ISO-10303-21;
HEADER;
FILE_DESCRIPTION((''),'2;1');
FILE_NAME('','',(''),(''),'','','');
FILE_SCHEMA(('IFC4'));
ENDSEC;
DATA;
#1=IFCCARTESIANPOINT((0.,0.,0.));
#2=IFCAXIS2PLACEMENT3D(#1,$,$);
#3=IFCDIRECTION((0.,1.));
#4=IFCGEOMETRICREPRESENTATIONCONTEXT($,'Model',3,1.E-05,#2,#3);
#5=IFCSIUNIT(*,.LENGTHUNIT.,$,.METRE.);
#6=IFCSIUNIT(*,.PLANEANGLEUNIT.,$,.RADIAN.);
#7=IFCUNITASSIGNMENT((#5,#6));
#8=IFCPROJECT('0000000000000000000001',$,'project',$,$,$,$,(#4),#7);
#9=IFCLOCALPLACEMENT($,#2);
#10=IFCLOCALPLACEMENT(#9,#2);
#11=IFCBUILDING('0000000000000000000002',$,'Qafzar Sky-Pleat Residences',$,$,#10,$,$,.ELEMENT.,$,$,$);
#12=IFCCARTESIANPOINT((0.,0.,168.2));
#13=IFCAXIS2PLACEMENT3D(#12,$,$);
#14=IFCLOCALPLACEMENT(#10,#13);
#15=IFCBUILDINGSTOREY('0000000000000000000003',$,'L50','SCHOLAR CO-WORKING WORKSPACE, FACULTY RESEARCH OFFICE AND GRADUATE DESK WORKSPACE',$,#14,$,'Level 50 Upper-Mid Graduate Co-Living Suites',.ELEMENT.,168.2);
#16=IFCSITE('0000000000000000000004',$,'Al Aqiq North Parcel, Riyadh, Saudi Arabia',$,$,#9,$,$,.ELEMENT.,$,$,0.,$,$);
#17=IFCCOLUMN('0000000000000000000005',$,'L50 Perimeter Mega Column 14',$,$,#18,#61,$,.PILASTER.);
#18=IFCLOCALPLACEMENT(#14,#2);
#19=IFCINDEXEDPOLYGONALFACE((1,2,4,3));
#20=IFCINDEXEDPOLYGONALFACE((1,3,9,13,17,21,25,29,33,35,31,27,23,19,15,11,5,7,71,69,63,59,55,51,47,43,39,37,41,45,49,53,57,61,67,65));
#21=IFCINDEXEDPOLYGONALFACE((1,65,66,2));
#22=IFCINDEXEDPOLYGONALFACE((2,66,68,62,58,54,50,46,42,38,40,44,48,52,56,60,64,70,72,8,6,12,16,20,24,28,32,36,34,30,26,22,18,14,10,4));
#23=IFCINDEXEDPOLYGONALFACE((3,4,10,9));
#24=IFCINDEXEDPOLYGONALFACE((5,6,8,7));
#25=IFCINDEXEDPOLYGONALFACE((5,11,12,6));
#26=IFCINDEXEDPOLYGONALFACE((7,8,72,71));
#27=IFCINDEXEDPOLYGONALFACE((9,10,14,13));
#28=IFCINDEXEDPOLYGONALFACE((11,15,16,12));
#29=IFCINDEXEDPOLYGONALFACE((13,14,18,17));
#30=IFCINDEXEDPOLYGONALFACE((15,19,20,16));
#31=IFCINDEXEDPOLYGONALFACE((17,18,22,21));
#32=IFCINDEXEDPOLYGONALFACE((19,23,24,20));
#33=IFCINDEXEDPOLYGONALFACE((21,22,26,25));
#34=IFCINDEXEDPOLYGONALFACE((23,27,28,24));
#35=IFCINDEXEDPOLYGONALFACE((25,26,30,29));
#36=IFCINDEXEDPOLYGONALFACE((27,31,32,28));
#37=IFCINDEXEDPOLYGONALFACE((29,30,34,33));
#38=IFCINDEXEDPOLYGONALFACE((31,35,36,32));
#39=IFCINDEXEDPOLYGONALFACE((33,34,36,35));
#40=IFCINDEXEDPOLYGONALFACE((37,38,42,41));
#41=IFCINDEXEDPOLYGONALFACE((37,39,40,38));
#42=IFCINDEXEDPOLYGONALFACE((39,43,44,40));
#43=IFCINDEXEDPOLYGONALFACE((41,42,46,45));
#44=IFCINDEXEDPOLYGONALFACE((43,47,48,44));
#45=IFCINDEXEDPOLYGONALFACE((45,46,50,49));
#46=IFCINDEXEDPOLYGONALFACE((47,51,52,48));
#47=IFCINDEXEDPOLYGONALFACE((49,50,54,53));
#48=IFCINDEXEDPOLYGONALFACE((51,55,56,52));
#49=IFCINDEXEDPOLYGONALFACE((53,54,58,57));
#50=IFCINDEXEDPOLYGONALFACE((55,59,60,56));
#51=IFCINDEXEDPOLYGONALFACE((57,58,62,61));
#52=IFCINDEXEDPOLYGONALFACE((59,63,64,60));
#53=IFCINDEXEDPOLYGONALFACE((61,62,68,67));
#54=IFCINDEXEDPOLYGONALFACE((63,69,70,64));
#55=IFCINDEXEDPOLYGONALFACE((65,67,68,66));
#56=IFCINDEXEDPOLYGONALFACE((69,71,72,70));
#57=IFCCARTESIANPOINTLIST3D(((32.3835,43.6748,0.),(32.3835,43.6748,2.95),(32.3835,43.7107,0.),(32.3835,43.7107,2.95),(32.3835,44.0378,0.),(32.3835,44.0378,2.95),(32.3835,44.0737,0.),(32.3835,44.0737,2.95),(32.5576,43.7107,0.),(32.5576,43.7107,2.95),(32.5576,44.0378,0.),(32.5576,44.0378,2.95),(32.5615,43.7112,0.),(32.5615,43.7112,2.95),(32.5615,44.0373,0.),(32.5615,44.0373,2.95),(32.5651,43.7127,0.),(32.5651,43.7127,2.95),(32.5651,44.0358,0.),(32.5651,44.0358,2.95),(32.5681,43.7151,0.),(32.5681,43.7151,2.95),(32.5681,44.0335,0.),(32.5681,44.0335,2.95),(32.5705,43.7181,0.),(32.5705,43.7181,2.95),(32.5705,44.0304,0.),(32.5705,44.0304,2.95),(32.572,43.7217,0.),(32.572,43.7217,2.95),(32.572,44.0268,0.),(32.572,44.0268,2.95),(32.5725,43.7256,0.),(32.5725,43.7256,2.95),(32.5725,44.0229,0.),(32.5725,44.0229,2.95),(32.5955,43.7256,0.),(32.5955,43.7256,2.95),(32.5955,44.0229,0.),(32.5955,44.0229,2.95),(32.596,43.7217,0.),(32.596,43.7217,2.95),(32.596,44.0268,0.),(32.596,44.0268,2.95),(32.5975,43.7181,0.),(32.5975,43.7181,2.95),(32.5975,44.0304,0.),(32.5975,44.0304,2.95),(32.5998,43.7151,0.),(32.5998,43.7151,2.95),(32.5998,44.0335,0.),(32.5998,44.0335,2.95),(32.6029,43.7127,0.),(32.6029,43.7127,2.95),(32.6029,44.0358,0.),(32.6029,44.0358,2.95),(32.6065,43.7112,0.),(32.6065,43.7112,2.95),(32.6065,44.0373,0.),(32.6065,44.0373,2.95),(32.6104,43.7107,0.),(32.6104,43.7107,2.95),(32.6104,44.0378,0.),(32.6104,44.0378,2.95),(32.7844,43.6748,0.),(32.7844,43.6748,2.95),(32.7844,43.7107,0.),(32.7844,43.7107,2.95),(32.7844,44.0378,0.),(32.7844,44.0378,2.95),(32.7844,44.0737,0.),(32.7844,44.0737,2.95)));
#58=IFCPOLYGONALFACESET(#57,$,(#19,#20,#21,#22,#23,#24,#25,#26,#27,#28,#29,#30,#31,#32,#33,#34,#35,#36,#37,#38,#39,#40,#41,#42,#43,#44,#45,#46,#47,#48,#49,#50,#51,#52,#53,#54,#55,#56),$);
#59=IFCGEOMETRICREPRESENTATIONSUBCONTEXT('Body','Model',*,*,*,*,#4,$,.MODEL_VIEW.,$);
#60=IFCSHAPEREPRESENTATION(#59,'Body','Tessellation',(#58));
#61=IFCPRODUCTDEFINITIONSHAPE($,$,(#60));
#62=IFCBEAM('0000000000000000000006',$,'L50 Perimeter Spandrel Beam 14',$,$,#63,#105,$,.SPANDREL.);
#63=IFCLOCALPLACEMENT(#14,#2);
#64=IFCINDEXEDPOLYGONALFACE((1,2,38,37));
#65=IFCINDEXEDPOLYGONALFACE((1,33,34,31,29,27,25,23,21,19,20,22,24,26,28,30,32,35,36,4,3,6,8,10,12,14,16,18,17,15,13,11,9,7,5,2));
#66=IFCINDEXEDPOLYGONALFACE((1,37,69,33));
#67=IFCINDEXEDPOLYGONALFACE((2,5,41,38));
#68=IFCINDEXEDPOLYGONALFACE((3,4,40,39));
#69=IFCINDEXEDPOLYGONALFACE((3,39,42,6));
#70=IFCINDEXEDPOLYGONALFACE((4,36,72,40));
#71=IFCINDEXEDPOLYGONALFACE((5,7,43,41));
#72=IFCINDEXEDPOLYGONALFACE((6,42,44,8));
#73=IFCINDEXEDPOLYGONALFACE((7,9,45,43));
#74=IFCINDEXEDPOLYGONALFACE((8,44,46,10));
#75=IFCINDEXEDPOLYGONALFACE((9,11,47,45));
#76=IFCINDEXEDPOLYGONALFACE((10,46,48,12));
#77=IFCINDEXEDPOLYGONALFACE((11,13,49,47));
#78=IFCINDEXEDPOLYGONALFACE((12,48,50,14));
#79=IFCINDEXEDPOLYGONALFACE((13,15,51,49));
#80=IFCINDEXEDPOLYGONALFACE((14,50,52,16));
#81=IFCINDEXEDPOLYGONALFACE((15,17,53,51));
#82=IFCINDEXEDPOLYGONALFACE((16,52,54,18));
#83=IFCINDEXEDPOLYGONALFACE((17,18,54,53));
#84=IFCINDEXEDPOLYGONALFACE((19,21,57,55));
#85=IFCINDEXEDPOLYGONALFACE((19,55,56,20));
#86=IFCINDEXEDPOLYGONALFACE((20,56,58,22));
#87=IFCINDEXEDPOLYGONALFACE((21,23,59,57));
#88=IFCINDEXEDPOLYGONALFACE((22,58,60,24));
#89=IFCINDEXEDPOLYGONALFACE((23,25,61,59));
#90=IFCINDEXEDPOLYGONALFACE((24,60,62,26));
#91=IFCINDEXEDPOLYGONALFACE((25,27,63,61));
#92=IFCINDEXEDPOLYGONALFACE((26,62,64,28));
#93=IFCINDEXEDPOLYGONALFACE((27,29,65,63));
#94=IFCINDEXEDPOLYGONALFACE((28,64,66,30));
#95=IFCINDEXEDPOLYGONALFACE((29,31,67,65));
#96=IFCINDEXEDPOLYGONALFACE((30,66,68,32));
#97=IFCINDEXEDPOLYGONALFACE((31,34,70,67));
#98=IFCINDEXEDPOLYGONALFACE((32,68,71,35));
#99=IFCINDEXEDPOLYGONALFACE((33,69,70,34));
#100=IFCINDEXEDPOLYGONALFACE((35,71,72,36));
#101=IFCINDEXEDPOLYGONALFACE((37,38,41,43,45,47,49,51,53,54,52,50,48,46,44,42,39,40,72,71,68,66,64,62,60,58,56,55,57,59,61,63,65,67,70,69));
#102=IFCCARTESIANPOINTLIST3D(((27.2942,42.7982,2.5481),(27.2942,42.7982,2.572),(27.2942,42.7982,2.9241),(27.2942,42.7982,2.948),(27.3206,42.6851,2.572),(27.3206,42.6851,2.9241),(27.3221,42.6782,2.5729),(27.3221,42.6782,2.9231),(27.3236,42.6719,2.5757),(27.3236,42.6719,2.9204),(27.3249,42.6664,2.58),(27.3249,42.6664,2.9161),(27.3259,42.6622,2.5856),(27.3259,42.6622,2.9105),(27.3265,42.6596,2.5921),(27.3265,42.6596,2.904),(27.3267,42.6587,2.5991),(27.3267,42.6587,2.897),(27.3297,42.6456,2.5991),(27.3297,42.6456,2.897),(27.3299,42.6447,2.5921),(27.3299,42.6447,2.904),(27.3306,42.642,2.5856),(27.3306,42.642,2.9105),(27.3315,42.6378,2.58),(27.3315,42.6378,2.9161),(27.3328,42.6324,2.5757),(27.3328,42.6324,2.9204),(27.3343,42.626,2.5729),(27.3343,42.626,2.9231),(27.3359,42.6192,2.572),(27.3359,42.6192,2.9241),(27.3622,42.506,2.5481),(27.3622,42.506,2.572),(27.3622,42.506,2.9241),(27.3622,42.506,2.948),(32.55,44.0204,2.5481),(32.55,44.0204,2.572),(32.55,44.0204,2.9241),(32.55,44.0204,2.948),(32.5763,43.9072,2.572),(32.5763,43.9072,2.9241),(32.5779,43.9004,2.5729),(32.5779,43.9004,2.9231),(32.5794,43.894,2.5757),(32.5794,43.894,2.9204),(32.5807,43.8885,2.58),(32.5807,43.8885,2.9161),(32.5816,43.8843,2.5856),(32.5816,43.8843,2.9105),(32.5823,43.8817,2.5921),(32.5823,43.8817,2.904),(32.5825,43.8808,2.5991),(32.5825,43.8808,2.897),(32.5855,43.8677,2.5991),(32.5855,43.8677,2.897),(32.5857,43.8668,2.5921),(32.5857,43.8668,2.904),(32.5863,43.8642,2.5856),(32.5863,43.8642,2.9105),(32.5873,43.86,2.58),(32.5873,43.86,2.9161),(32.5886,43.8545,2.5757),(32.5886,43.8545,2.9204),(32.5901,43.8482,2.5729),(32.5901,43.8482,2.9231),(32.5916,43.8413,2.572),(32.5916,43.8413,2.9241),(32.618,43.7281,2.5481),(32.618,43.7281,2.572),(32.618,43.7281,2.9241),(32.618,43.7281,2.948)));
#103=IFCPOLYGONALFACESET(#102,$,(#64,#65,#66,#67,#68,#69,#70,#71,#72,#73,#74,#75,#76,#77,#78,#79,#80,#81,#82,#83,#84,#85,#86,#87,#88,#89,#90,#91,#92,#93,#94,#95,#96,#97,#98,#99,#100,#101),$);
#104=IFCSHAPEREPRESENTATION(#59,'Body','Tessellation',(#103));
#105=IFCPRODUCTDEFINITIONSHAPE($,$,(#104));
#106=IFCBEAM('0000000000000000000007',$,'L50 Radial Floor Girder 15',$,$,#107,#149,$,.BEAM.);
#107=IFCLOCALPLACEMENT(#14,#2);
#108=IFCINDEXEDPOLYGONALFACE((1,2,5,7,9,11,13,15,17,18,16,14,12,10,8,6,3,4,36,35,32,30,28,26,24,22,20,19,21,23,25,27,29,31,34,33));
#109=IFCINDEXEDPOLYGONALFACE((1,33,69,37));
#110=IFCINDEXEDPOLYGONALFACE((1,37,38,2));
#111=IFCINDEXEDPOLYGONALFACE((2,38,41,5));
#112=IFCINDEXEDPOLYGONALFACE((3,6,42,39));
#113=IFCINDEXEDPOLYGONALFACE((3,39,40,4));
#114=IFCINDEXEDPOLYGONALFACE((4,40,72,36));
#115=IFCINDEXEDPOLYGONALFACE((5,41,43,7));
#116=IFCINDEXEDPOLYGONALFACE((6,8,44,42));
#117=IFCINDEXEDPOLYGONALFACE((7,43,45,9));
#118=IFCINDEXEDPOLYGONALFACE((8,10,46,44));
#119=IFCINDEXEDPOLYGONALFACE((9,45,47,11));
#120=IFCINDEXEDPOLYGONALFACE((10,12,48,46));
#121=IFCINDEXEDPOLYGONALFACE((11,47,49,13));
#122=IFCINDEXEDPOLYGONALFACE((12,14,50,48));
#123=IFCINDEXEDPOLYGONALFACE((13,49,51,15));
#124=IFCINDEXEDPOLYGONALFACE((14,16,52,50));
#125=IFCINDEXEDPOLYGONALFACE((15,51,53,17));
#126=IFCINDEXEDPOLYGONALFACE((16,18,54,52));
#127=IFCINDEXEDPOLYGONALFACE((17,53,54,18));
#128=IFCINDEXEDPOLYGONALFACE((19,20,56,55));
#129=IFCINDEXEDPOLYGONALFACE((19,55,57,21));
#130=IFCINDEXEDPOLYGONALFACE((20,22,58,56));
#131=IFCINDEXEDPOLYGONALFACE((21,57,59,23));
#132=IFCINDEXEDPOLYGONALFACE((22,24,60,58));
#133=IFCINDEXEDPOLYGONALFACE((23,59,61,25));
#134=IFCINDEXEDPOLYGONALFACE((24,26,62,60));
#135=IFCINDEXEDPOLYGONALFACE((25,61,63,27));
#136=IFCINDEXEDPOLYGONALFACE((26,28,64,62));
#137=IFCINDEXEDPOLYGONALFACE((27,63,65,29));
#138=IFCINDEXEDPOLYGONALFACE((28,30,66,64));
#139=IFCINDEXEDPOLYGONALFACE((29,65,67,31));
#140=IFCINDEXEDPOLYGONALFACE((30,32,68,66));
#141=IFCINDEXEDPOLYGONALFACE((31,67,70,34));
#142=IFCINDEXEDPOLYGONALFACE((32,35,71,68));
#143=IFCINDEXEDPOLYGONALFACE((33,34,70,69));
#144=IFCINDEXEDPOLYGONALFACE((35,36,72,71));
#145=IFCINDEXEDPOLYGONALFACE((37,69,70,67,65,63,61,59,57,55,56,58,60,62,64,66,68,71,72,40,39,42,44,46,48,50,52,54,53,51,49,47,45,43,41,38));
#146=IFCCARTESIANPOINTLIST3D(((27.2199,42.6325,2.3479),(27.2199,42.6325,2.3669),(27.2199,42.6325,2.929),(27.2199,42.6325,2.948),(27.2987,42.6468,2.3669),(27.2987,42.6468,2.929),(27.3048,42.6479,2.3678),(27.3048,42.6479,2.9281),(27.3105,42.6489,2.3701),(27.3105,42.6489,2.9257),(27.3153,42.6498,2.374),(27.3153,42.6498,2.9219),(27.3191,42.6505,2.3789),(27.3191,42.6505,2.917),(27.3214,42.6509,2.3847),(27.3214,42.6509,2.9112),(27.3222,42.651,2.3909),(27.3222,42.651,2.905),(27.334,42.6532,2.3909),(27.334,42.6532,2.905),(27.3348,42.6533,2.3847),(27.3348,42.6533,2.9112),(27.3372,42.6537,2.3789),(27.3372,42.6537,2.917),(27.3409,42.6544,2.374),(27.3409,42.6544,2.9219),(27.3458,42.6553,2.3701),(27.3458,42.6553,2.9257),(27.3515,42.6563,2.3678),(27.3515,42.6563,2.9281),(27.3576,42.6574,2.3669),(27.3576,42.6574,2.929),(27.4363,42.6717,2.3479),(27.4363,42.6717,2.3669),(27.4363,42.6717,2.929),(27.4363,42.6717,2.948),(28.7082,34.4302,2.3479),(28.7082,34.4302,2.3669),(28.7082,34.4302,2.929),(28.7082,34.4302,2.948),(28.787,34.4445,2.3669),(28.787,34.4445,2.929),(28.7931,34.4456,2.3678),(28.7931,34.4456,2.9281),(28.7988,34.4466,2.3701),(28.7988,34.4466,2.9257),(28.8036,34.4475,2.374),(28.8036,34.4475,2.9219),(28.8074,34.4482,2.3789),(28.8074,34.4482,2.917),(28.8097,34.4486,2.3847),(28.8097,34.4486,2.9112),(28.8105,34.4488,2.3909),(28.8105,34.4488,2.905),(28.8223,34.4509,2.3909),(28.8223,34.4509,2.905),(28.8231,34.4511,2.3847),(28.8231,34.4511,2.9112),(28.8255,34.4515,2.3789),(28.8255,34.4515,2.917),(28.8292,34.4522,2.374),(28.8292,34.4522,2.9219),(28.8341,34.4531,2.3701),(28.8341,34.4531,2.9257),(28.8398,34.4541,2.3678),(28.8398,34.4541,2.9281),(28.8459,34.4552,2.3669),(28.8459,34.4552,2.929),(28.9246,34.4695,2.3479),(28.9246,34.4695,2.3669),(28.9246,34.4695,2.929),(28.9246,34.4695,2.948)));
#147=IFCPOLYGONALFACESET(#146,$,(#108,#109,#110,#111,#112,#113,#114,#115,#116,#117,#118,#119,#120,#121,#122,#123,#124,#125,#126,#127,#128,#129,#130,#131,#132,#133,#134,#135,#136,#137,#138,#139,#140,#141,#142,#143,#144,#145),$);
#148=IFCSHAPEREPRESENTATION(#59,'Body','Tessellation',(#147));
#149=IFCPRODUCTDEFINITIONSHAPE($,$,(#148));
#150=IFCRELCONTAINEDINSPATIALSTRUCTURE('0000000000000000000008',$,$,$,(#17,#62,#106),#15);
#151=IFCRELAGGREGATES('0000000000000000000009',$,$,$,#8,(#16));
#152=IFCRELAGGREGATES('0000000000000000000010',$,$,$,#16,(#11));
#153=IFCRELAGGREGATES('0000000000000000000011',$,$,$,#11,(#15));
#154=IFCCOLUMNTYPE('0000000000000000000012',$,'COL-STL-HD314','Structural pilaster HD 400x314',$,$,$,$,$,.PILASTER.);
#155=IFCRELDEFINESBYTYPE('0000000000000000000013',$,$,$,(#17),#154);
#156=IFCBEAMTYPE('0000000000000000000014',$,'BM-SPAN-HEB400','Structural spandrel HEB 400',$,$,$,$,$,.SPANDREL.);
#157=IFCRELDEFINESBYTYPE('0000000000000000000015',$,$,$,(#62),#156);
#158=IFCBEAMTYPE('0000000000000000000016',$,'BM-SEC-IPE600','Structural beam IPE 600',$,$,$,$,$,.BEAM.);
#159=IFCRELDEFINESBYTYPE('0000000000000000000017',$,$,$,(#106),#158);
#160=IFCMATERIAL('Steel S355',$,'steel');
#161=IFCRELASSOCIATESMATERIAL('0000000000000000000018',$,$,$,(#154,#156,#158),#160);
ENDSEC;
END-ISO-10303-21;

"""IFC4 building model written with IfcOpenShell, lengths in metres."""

from ifc_helpers import new_model, si_unit, direction, frame, origin, origin_2d, place, context, subcontext, project, spatial, i_section, extrude, source, transform, mapped, material, material_profile, profile_set, type_object, element, save


model = new_model("IFC4")

# Units and contexts
model_context = context("Model", 3, precision=1e-05, world=origin(), true_north=direction((0.0, 1.0)))
body_context = subcontext(model_context, "Body", "Model", "MODEL_VIEW")
ifc_project = project(units=[si_unit("LENGTHUNIT", "METRE"), si_unit("PLANEANGLEUNIT", "RADIAN")], contexts=[model_context])

# Site, building, storey
site_placement = place(None, origin())
site = spatial("IfcSite", under=ifc_project, at=site_placement, Name="Al Aqiq North Parcel, Riyadh, Saudi Arabia", CompositionType="ELEMENT", RefElevation=0.0)
building_placement = place(site_placement, origin())
building = spatial("IfcBuilding", under=site, at=building_placement, Name="Qafzar Sky-Pleat Residences", CompositionType="ELEMENT")
storey_placement = place(building_placement, frame((0.0, 0.0, 168.2)))
storey = spatial("IfcBuildingStorey", under=building, at=storey_placement, Name="L50", Description="SCHOLAR CO-WORKING WORKSPACE, FACULTY RESEARCH OFFICE AND GRADUATE DESK WORKSPACE", LongName="Level 50 Upper-Mid Graduate Co-Living Suites", CompositionType="ELEMENT", Elevation=168.2)

# Column
ifc_material_1 = material(Name="Steel S355", Category="steel")
ifc_material_profile_1 = material_profile(ifc_material_1, i_section(OverallWidth=0.4009, OverallDepth=0.3989, WebThickness=0.0229, FlangeThickness=0.0359, FilletRadius=0.0149, at=origin_2d()), Name="HD 400x314")
ifc_profile_set_1 = profile_set([ifc_material_profile_1], Name="Steel S355")
column_type = type_object("IfcColumnType", Name="COL-STL-HD314", Description="Structural pilaster HD 400x314", PredefinedType="PILASTER", material=ifc_profile_set_1)
shared_shape_1 = source(origin(), body_context, "Body", "SweptSolid", [
    extrude(i_section(OverallWidth=0.4009, OverallDepth=0.3989, WebThickness=0.0229, FlangeThickness=0.0359, FilletRadius=0.0149, at=origin_2d()), origin(), (0.0, 0.0, 1.0), 2.95),
])
column_placement = place(storey_placement, frame((32.584, 43.8743, 0.0), z_axis=(0.0, 0.0, 1.0), x_axis=(1.0, 0.0, 0.0)))
element("IfcColumn", 1, at=column_placement, inside=storey, type_object=column_type, Name="L50 Perimeter Mega Column 14", PredefinedType="PILASTER", context=body_context, shape_type="MappedRepresentation", body=[
    mapped(shared_shape_1, transform((0.0, 0.0, 0.0), x_axis=(1.0, 0.0, 0.0), y_axis=(0.0, 1.0, 0.0), z_axis=(0.0, 0.0, 1.0), scale=1.0)),
])

# Beams
ifc_material_profile_2 = material_profile(ifc_material_1, i_section(OverallWidth=0.3, OverallDepth=0.3999, WebThickness=0.0134, FlangeThickness=0.0239, FilletRadius=0.0271, at=origin_2d()), Name="HEB 400")
ifc_profile_set_2 = profile_set([ifc_material_profile_2], Name="Steel S355")
beam_type_1 = type_object("IfcBeamType", Name="BM-SPAN-HEB400", Description="Structural spandrel HEB 400", PredefinedType="SPANDREL", material=ifc_profile_set_2)
shared_shape_2 = source(origin(), body_context, "Body", "SweptSolid", [
    extrude(i_section(OverallWidth=0.3, OverallDepth=0.3999, WebThickness=0.0134, FlangeThickness=0.0239, FilletRadius=0.0271, at=origin_2d()), origin(), (0.0, 0.0, 1.0), 5.396),
])
beam_1_placement = place(storey_placement, frame((32.584, 43.8743, 2.748), z_axis=(-0.974013, -0.226492, 0.0), x_axis=(0.226492, -0.974013, 0.0)))
element("IfcBeam", 2, at=beam_1_placement, inside=storey, type_object=beam_type_1, Name="L50 Perimeter Spandrel Beam 14", PredefinedType="SPANDREL", context=body_context, shape_type="MappedRepresentation", body=[
    mapped(shared_shape_2, transform((0.0, 0.0, 0.0), x_axis=(1.0, 0.0, 0.0), y_axis=(0.0, 1.0, 0.0), z_axis=(0.0, 0.0, 1.0), scale=1.0)),
])
ifc_material_profile_3 = material_profile(ifc_material_1, i_section(OverallWidth=0.22, OverallDepth=0.6001, WebThickness=0.012, FlangeThickness=0.019, FilletRadius=0.0239, at=origin_2d()), Name="IPE 600")
ifc_profile_set_3 = profile_set([ifc_material_profile_3], Name="Steel S355")
beam_type_2 = type_object("IfcBeamType", Name="BM-SEC-IPE600", Description="Structural beam IPE 600", PredefinedType="BEAM", material=ifc_profile_set_3)
shared_shape_3 = source(origin(), body_context, "Body", "SweptSolid", [
    extrude(i_section(OverallWidth=0.22, OverallDepth=0.6001, WebThickness=0.012, FlangeThickness=0.019, FilletRadius=0.0239, at=origin_2d()), origin(), (0.0, 0.0, 1.0), 8.3362),
])
beam_2_placement = place(storey_placement, frame((27.3281, 42.6521, 2.6479), z_axis=(0.178535, -0.983934, 0.0), x_axis=(0.983934, 0.178535, 0.0)))
element("IfcBeam", 3, at=beam_2_placement, inside=storey, type_object=beam_type_2, Name="L50 Radial Floor Girder 15", PredefinedType="BEAM", context=body_context, shape_type="MappedRepresentation", body=[
    mapped(shared_shape_3, transform((0.0, 0.0, 0.0), x_axis=(1.0, 0.0, 0.0), y_axis=(0.0, 1.0, 0.0), z_axis=(0.0, 0.0, 1.0), scale=1.0)),
])

save(model, "model.ifc")
